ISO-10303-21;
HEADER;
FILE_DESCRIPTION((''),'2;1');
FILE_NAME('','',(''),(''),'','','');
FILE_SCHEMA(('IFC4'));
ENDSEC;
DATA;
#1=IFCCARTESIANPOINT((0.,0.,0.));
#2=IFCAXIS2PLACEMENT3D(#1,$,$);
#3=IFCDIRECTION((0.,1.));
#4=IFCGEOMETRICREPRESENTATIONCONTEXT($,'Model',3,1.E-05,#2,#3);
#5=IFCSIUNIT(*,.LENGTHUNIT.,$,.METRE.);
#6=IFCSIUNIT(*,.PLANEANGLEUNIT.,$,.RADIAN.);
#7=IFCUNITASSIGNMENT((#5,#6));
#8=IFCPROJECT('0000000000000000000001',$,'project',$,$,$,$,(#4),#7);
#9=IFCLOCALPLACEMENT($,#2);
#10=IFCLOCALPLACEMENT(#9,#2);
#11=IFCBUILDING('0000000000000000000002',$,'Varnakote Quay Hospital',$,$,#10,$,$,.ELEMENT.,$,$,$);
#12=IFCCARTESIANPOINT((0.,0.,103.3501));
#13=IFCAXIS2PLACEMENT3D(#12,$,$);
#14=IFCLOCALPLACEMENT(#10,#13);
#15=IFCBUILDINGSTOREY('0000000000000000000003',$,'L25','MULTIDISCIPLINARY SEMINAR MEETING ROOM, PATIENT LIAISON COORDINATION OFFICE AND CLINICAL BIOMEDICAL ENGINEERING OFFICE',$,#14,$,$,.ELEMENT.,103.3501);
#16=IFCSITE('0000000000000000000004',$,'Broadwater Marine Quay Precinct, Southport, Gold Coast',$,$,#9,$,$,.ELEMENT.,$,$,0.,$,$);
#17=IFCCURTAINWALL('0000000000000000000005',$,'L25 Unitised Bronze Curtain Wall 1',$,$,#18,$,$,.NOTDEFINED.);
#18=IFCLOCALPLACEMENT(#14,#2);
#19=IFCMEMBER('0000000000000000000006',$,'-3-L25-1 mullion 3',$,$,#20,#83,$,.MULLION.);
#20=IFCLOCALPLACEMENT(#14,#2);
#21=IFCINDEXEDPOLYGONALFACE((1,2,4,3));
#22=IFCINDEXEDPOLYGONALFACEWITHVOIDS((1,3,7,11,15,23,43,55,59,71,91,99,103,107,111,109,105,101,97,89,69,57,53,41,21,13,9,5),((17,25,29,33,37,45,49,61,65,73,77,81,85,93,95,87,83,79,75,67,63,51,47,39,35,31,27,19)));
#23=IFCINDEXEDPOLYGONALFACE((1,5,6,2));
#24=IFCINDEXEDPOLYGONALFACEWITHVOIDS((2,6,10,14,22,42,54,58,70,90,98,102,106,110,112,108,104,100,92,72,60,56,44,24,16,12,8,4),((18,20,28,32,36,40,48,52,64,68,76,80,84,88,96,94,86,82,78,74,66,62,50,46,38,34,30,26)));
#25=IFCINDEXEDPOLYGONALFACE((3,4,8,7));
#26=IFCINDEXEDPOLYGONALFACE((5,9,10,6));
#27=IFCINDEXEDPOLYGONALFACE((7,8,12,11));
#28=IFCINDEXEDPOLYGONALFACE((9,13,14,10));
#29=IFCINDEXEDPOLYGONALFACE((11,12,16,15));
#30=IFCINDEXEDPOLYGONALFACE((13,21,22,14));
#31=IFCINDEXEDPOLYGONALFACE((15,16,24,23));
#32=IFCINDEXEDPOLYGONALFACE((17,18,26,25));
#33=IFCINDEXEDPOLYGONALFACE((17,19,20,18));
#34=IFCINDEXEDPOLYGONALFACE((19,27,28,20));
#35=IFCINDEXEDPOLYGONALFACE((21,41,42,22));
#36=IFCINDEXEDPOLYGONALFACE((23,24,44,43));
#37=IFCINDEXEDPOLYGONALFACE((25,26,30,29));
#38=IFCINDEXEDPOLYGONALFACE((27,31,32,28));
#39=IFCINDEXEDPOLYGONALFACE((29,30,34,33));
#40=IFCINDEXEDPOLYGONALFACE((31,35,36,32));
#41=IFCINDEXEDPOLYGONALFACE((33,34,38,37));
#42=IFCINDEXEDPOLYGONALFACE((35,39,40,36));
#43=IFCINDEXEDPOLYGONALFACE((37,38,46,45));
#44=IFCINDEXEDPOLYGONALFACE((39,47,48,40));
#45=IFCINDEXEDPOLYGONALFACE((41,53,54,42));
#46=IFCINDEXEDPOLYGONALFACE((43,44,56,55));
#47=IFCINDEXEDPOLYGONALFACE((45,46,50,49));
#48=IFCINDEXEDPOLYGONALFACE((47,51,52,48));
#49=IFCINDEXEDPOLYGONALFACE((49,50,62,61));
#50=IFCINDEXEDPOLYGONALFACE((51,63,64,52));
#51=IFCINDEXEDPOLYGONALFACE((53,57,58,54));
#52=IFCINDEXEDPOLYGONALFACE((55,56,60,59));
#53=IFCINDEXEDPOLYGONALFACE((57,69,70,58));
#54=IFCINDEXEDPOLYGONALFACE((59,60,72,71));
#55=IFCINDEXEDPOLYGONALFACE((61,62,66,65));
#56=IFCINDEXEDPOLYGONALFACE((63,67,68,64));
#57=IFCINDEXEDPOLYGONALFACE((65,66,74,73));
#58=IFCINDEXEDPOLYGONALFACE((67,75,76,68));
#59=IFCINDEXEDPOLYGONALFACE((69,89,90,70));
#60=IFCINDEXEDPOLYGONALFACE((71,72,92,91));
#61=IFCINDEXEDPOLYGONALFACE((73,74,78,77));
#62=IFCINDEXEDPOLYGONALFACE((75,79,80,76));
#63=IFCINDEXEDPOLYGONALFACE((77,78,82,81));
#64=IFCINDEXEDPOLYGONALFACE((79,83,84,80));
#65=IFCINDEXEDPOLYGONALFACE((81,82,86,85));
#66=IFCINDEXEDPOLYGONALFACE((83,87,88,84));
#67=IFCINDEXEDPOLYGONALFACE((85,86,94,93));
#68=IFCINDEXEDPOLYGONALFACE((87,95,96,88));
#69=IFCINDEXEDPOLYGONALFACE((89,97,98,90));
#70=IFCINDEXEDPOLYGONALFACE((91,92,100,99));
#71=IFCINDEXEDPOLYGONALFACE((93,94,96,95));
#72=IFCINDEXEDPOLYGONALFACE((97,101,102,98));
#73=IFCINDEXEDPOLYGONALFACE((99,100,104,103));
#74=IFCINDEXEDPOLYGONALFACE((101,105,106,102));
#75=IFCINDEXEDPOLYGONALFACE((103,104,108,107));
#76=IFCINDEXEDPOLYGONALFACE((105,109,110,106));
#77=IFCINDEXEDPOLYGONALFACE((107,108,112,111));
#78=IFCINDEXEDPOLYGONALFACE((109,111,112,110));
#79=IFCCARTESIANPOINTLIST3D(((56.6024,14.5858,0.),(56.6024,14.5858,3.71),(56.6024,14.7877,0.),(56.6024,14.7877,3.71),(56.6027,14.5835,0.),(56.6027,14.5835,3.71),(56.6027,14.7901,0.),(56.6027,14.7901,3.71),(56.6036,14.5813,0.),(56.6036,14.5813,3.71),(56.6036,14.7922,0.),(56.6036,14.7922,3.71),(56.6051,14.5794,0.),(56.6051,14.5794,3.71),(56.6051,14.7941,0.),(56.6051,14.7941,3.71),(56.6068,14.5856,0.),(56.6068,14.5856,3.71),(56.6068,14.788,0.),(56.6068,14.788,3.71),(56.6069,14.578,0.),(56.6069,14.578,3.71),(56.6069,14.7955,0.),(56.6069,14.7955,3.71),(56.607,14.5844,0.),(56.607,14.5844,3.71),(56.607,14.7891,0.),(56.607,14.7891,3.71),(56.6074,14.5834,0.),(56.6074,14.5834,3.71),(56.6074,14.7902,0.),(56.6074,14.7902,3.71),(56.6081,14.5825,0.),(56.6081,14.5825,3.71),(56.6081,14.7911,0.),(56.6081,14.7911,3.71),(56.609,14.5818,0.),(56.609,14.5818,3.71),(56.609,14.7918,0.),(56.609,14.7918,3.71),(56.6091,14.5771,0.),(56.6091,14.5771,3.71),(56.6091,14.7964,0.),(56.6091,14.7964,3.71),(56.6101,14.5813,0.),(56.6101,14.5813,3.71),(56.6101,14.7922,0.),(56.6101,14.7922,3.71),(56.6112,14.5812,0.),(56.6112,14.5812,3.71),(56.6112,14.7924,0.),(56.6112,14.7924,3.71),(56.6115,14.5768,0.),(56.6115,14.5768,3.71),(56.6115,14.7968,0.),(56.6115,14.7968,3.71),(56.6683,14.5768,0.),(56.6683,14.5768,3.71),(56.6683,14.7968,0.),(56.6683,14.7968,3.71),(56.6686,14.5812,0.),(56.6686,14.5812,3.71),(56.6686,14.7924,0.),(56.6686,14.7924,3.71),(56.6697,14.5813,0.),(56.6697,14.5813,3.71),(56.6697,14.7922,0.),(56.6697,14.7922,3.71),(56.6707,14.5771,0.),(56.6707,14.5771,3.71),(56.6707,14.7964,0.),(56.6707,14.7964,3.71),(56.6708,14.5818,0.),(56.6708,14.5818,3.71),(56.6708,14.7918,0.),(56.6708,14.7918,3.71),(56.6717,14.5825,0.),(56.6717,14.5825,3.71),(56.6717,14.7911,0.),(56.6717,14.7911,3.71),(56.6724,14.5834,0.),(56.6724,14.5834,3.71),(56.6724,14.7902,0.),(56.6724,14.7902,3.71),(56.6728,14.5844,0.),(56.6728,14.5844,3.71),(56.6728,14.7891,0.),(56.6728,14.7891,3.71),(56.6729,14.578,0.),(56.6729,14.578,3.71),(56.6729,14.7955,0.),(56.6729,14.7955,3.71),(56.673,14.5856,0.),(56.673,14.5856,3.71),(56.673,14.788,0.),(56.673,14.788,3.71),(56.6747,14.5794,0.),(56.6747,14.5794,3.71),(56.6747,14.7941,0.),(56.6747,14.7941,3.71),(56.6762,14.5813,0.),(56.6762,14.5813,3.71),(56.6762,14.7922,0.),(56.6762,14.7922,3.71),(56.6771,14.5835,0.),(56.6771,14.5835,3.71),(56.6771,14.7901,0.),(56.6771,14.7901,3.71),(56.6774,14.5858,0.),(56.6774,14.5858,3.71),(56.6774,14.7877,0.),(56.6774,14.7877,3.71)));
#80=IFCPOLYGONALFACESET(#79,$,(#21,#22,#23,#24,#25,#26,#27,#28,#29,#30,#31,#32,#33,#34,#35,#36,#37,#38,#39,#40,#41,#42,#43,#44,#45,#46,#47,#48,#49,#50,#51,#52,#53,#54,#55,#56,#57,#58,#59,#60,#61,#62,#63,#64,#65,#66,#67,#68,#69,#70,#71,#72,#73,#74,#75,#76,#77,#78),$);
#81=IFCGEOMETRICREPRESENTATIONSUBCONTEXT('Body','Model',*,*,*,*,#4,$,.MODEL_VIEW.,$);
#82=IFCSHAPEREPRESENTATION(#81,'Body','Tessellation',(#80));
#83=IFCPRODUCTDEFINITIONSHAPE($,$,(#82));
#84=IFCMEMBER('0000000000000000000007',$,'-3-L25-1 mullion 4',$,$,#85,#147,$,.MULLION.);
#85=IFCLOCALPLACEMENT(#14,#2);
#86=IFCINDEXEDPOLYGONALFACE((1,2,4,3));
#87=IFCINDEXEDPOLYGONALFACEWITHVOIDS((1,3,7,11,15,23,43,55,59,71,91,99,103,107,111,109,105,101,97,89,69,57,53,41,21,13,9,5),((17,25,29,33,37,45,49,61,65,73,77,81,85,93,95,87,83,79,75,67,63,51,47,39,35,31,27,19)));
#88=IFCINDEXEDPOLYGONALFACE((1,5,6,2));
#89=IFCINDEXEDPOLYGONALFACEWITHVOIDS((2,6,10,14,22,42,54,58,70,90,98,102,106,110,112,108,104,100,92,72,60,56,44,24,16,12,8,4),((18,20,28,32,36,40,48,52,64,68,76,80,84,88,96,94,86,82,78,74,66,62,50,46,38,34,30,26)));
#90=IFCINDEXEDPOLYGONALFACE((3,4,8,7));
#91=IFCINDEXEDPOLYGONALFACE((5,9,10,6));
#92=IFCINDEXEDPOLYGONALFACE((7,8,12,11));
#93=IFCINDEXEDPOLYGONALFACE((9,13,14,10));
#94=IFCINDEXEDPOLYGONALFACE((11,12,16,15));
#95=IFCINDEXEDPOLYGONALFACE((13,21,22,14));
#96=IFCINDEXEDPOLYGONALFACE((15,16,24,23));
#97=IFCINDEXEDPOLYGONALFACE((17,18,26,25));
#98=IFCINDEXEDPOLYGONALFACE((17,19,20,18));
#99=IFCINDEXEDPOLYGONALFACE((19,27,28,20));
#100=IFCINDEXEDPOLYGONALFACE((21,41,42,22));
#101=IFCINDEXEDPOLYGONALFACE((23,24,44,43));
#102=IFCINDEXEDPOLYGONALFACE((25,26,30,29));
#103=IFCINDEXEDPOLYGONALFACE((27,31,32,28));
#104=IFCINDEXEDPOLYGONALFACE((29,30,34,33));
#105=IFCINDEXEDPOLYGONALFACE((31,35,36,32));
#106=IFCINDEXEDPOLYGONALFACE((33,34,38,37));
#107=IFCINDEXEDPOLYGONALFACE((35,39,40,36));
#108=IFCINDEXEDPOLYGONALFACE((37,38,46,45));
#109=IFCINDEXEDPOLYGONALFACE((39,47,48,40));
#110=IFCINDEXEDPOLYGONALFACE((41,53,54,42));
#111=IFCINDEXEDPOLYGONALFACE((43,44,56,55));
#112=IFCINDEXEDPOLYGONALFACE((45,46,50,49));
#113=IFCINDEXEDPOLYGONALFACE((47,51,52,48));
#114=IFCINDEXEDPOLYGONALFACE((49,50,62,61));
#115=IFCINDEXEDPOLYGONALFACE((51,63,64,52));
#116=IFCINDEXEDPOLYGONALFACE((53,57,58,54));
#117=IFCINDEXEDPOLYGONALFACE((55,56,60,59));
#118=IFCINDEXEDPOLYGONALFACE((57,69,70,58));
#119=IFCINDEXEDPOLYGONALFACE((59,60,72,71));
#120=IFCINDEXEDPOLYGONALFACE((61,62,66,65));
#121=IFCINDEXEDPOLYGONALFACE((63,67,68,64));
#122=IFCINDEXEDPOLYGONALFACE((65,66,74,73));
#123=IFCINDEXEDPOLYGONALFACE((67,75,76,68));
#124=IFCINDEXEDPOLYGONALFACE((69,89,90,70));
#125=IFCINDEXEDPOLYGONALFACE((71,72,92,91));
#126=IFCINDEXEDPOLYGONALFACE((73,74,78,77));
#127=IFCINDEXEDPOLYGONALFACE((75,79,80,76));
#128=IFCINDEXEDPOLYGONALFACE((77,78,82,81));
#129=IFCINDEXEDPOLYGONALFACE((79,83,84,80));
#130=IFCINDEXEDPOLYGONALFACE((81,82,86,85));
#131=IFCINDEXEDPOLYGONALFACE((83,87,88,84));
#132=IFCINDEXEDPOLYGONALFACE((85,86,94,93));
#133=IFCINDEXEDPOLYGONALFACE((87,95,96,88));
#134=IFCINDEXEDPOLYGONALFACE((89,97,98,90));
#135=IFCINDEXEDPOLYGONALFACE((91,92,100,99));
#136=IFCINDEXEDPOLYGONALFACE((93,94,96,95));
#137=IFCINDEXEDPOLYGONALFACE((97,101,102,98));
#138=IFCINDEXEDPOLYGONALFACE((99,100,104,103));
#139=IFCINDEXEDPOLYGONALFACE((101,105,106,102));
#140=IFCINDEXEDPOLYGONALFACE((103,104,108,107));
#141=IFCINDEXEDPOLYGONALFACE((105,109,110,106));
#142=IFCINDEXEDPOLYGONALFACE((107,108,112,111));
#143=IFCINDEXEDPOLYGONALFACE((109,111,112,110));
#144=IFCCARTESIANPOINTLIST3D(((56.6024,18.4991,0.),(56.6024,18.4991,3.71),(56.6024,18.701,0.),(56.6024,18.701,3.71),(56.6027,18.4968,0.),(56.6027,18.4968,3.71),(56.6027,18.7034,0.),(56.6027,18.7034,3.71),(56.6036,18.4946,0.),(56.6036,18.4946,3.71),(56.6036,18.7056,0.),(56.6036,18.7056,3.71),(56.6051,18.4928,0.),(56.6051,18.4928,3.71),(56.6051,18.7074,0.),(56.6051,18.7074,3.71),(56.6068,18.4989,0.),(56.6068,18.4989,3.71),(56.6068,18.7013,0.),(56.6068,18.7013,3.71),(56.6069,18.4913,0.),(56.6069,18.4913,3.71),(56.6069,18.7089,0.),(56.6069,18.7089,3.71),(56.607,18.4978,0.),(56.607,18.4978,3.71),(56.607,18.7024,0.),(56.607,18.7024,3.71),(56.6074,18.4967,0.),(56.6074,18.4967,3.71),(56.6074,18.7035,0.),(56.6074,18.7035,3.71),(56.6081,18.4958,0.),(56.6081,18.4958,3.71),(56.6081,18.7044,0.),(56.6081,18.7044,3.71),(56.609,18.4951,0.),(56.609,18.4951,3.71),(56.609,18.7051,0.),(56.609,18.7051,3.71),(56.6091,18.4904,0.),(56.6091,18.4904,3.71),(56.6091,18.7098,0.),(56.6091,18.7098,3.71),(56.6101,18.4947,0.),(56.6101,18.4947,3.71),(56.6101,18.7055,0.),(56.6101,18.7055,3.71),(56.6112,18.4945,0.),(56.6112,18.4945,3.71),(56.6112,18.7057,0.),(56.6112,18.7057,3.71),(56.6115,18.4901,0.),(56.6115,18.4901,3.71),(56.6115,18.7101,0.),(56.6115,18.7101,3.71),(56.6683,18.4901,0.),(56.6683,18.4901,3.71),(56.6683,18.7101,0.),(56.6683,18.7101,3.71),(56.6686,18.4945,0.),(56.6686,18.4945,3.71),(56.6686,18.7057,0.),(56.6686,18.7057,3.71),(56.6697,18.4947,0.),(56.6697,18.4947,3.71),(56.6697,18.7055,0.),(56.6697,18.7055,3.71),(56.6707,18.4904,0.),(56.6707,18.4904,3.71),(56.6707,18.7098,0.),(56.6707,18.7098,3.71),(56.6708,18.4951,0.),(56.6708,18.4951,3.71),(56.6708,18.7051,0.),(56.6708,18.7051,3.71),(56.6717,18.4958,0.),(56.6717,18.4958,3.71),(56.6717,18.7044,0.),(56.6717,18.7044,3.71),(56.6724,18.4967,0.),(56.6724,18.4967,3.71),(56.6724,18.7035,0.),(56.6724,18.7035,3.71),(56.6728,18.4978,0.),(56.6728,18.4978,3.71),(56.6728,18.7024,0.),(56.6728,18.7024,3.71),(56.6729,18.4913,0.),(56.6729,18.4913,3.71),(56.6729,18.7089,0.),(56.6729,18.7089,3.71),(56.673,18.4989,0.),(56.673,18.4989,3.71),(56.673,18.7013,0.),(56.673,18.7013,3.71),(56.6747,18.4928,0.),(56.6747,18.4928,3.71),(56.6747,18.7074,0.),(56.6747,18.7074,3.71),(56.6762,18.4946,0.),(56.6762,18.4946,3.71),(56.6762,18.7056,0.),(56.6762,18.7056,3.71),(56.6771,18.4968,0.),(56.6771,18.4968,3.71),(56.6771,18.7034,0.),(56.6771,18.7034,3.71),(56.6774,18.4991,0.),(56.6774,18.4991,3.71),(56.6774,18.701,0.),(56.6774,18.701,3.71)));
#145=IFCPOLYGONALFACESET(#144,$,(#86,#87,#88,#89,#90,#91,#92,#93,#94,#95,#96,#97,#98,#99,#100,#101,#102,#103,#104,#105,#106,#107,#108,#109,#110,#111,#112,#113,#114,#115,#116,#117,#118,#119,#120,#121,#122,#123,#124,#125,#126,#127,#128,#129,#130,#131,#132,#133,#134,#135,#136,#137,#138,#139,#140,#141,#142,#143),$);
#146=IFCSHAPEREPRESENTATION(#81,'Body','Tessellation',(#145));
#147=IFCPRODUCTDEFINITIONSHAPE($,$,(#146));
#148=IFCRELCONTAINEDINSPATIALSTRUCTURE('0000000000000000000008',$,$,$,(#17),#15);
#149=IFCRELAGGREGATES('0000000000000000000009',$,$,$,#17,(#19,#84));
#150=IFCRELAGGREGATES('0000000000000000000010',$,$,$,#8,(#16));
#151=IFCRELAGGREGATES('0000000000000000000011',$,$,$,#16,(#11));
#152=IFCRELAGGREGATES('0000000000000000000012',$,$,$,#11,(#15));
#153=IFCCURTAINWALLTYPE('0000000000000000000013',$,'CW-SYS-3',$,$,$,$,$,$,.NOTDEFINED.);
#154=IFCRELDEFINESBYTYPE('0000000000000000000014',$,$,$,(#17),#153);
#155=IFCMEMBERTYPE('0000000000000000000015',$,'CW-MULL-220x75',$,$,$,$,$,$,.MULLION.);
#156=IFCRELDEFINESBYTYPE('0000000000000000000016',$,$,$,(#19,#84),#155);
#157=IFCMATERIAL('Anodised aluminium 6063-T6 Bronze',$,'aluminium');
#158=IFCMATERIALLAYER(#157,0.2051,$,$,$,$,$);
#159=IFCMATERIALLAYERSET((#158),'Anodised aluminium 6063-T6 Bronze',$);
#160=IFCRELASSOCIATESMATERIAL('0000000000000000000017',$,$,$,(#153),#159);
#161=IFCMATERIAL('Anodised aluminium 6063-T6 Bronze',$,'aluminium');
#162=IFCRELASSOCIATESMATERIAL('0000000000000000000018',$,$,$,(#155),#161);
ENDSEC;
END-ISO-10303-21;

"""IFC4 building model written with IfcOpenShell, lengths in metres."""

from ifc_helpers import new_model, si_unit, direction, frame, origin, origin_2d, place, context, subcontext, project, spatial, hollow_rectangle, extrude, material, layer, layer_set, material_profile, profile_set, type_object, element, aggregate, save


model = new_model("IFC4")

# Units and contexts
model_context = context("Model", 3, precision=1e-05, world=origin(), true_north=direction((0.0, 1.0)))
body_context = subcontext(model_context, "Body", "Model", "MODEL_VIEW")
ifc_project = project(units=[si_unit("LENGTHUNIT", "METRE"), si_unit("PLANEANGLEUNIT", "RADIAN")], contexts=[model_context])

# Site, building, storey
site_placement = place(None, origin())
site = spatial("IfcSite", under=ifc_project, at=site_placement, Name="Broadwater Marine Quay Precinct, Southport, Gold Coast", CompositionType="ELEMENT", RefElevation=0.0)
building_placement = place(site_placement, origin())
building = spatial("IfcBuilding", under=site, at=building_placement, Name="Varnakote Quay Hospital", CompositionType="ELEMENT")
storey_placement = place(building_placement, frame((0.0, 0.0, 103.3501)))
storey = spatial("IfcBuildingStorey", under=building, at=storey_placement, Name="L25", Description="MULTIDISCIPLINARY SEMINAR MEETING ROOM, PATIENT LIAISON COORDINATION OFFICE AND CLINICAL BIOMEDICAL ENGINEERING OFFICE", CompositionType="ELEMENT", Elevation=103.3501)

# Curtain wall, members
ifc_material_1 = material(Name="Anodised aluminium 6063-T6 Bronze", Category="aluminium")
ifc_layer_1 = layer(ifc_material_1, 0.2051)
ifc_layer_set_1 = layer_set([ifc_layer_1], Name="Anodised aluminium 6063-T6 Bronze")
curtain_wall_type = type_object("IfcCurtainWallType", Name="CW-SYS-3", PredefinedType="NOTDEFINED", material=ifc_layer_set_1)
curtain_wall_placement = place(storey_placement, origin())
curtain_wall = element("IfcCurtainWall", 1, at=curtain_wall_placement, inside=storey, type_object=curtain_wall_type, Name="L25 Unitised Bronze Curtain Wall 1", PredefinedType="NOTDEFINED")
ifc_material_2 = material(Name="Anodised aluminium 6063-T6 Bronze", Category="aluminium")
ifc_material_profile_1 = material_profile(ifc_material_2, hollow_rectangle(XDim=0.075, YDim=0.22, WallThickness=0.0044, InnerFilletRadius=0.0044, OuterFilletRadius=0.009, at=origin_2d()), Name="CW-MULL-220x75")
ifc_profile_set_1 = profile_set([ifc_material_profile_1], Name="Anodised aluminium 6063-T6 Bronze")
member_type_1 = type_object("IfcMemberType", Name="CW-MULL-220x75", PredefinedType="MULLION", material=ifc_profile_set_1)
member_1_placement = place(storey_placement, frame((56.6399, 14.6868, 0.0), z_axis=(0.0, 0.0, 1.0), x_axis=(-1.0, 0.0, 0.0)))
member_1 = element("IfcMember", 2, at=member_1_placement, type_object=member_type_1, Name="-3-L25-1 mullion 3", PredefinedType="MULLION", context=body_context, shape_type="SweptSolid", body=[
    extrude(hollow_rectangle(XDim=0.075, YDim=0.22, WallThickness=0.0044, InnerFilletRadius=0.0044, OuterFilletRadius=0.009, at=origin_2d()), origin(), (0.0, 0.0, 1.0), 3.71),
])
member_2_placement = place(storey_placement, frame((56.6399, 18.6001, 0.0), z_axis=(0.0, 0.0, 1.0), x_axis=(-1.0, 0.0, 0.0)))
member_2 = element("IfcMember", 3, at=member_2_placement, type_object=member_type_1, Name="-3-L25-1 mullion 4", PredefinedType="MULLION", context=body_context, shape_type="SweptSolid", body=[
    extrude(hollow_rectangle(XDim=0.075, YDim=0.22, WallThickness=0.0044, InnerFilletRadius=0.0044, OuterFilletRadius=0.009, at=origin_2d()), origin(), (0.0, 0.0, 1.0), 3.71),
])
aggregate(curtain_wall, [member_1, member_2])

save(model, "model.ifc")
